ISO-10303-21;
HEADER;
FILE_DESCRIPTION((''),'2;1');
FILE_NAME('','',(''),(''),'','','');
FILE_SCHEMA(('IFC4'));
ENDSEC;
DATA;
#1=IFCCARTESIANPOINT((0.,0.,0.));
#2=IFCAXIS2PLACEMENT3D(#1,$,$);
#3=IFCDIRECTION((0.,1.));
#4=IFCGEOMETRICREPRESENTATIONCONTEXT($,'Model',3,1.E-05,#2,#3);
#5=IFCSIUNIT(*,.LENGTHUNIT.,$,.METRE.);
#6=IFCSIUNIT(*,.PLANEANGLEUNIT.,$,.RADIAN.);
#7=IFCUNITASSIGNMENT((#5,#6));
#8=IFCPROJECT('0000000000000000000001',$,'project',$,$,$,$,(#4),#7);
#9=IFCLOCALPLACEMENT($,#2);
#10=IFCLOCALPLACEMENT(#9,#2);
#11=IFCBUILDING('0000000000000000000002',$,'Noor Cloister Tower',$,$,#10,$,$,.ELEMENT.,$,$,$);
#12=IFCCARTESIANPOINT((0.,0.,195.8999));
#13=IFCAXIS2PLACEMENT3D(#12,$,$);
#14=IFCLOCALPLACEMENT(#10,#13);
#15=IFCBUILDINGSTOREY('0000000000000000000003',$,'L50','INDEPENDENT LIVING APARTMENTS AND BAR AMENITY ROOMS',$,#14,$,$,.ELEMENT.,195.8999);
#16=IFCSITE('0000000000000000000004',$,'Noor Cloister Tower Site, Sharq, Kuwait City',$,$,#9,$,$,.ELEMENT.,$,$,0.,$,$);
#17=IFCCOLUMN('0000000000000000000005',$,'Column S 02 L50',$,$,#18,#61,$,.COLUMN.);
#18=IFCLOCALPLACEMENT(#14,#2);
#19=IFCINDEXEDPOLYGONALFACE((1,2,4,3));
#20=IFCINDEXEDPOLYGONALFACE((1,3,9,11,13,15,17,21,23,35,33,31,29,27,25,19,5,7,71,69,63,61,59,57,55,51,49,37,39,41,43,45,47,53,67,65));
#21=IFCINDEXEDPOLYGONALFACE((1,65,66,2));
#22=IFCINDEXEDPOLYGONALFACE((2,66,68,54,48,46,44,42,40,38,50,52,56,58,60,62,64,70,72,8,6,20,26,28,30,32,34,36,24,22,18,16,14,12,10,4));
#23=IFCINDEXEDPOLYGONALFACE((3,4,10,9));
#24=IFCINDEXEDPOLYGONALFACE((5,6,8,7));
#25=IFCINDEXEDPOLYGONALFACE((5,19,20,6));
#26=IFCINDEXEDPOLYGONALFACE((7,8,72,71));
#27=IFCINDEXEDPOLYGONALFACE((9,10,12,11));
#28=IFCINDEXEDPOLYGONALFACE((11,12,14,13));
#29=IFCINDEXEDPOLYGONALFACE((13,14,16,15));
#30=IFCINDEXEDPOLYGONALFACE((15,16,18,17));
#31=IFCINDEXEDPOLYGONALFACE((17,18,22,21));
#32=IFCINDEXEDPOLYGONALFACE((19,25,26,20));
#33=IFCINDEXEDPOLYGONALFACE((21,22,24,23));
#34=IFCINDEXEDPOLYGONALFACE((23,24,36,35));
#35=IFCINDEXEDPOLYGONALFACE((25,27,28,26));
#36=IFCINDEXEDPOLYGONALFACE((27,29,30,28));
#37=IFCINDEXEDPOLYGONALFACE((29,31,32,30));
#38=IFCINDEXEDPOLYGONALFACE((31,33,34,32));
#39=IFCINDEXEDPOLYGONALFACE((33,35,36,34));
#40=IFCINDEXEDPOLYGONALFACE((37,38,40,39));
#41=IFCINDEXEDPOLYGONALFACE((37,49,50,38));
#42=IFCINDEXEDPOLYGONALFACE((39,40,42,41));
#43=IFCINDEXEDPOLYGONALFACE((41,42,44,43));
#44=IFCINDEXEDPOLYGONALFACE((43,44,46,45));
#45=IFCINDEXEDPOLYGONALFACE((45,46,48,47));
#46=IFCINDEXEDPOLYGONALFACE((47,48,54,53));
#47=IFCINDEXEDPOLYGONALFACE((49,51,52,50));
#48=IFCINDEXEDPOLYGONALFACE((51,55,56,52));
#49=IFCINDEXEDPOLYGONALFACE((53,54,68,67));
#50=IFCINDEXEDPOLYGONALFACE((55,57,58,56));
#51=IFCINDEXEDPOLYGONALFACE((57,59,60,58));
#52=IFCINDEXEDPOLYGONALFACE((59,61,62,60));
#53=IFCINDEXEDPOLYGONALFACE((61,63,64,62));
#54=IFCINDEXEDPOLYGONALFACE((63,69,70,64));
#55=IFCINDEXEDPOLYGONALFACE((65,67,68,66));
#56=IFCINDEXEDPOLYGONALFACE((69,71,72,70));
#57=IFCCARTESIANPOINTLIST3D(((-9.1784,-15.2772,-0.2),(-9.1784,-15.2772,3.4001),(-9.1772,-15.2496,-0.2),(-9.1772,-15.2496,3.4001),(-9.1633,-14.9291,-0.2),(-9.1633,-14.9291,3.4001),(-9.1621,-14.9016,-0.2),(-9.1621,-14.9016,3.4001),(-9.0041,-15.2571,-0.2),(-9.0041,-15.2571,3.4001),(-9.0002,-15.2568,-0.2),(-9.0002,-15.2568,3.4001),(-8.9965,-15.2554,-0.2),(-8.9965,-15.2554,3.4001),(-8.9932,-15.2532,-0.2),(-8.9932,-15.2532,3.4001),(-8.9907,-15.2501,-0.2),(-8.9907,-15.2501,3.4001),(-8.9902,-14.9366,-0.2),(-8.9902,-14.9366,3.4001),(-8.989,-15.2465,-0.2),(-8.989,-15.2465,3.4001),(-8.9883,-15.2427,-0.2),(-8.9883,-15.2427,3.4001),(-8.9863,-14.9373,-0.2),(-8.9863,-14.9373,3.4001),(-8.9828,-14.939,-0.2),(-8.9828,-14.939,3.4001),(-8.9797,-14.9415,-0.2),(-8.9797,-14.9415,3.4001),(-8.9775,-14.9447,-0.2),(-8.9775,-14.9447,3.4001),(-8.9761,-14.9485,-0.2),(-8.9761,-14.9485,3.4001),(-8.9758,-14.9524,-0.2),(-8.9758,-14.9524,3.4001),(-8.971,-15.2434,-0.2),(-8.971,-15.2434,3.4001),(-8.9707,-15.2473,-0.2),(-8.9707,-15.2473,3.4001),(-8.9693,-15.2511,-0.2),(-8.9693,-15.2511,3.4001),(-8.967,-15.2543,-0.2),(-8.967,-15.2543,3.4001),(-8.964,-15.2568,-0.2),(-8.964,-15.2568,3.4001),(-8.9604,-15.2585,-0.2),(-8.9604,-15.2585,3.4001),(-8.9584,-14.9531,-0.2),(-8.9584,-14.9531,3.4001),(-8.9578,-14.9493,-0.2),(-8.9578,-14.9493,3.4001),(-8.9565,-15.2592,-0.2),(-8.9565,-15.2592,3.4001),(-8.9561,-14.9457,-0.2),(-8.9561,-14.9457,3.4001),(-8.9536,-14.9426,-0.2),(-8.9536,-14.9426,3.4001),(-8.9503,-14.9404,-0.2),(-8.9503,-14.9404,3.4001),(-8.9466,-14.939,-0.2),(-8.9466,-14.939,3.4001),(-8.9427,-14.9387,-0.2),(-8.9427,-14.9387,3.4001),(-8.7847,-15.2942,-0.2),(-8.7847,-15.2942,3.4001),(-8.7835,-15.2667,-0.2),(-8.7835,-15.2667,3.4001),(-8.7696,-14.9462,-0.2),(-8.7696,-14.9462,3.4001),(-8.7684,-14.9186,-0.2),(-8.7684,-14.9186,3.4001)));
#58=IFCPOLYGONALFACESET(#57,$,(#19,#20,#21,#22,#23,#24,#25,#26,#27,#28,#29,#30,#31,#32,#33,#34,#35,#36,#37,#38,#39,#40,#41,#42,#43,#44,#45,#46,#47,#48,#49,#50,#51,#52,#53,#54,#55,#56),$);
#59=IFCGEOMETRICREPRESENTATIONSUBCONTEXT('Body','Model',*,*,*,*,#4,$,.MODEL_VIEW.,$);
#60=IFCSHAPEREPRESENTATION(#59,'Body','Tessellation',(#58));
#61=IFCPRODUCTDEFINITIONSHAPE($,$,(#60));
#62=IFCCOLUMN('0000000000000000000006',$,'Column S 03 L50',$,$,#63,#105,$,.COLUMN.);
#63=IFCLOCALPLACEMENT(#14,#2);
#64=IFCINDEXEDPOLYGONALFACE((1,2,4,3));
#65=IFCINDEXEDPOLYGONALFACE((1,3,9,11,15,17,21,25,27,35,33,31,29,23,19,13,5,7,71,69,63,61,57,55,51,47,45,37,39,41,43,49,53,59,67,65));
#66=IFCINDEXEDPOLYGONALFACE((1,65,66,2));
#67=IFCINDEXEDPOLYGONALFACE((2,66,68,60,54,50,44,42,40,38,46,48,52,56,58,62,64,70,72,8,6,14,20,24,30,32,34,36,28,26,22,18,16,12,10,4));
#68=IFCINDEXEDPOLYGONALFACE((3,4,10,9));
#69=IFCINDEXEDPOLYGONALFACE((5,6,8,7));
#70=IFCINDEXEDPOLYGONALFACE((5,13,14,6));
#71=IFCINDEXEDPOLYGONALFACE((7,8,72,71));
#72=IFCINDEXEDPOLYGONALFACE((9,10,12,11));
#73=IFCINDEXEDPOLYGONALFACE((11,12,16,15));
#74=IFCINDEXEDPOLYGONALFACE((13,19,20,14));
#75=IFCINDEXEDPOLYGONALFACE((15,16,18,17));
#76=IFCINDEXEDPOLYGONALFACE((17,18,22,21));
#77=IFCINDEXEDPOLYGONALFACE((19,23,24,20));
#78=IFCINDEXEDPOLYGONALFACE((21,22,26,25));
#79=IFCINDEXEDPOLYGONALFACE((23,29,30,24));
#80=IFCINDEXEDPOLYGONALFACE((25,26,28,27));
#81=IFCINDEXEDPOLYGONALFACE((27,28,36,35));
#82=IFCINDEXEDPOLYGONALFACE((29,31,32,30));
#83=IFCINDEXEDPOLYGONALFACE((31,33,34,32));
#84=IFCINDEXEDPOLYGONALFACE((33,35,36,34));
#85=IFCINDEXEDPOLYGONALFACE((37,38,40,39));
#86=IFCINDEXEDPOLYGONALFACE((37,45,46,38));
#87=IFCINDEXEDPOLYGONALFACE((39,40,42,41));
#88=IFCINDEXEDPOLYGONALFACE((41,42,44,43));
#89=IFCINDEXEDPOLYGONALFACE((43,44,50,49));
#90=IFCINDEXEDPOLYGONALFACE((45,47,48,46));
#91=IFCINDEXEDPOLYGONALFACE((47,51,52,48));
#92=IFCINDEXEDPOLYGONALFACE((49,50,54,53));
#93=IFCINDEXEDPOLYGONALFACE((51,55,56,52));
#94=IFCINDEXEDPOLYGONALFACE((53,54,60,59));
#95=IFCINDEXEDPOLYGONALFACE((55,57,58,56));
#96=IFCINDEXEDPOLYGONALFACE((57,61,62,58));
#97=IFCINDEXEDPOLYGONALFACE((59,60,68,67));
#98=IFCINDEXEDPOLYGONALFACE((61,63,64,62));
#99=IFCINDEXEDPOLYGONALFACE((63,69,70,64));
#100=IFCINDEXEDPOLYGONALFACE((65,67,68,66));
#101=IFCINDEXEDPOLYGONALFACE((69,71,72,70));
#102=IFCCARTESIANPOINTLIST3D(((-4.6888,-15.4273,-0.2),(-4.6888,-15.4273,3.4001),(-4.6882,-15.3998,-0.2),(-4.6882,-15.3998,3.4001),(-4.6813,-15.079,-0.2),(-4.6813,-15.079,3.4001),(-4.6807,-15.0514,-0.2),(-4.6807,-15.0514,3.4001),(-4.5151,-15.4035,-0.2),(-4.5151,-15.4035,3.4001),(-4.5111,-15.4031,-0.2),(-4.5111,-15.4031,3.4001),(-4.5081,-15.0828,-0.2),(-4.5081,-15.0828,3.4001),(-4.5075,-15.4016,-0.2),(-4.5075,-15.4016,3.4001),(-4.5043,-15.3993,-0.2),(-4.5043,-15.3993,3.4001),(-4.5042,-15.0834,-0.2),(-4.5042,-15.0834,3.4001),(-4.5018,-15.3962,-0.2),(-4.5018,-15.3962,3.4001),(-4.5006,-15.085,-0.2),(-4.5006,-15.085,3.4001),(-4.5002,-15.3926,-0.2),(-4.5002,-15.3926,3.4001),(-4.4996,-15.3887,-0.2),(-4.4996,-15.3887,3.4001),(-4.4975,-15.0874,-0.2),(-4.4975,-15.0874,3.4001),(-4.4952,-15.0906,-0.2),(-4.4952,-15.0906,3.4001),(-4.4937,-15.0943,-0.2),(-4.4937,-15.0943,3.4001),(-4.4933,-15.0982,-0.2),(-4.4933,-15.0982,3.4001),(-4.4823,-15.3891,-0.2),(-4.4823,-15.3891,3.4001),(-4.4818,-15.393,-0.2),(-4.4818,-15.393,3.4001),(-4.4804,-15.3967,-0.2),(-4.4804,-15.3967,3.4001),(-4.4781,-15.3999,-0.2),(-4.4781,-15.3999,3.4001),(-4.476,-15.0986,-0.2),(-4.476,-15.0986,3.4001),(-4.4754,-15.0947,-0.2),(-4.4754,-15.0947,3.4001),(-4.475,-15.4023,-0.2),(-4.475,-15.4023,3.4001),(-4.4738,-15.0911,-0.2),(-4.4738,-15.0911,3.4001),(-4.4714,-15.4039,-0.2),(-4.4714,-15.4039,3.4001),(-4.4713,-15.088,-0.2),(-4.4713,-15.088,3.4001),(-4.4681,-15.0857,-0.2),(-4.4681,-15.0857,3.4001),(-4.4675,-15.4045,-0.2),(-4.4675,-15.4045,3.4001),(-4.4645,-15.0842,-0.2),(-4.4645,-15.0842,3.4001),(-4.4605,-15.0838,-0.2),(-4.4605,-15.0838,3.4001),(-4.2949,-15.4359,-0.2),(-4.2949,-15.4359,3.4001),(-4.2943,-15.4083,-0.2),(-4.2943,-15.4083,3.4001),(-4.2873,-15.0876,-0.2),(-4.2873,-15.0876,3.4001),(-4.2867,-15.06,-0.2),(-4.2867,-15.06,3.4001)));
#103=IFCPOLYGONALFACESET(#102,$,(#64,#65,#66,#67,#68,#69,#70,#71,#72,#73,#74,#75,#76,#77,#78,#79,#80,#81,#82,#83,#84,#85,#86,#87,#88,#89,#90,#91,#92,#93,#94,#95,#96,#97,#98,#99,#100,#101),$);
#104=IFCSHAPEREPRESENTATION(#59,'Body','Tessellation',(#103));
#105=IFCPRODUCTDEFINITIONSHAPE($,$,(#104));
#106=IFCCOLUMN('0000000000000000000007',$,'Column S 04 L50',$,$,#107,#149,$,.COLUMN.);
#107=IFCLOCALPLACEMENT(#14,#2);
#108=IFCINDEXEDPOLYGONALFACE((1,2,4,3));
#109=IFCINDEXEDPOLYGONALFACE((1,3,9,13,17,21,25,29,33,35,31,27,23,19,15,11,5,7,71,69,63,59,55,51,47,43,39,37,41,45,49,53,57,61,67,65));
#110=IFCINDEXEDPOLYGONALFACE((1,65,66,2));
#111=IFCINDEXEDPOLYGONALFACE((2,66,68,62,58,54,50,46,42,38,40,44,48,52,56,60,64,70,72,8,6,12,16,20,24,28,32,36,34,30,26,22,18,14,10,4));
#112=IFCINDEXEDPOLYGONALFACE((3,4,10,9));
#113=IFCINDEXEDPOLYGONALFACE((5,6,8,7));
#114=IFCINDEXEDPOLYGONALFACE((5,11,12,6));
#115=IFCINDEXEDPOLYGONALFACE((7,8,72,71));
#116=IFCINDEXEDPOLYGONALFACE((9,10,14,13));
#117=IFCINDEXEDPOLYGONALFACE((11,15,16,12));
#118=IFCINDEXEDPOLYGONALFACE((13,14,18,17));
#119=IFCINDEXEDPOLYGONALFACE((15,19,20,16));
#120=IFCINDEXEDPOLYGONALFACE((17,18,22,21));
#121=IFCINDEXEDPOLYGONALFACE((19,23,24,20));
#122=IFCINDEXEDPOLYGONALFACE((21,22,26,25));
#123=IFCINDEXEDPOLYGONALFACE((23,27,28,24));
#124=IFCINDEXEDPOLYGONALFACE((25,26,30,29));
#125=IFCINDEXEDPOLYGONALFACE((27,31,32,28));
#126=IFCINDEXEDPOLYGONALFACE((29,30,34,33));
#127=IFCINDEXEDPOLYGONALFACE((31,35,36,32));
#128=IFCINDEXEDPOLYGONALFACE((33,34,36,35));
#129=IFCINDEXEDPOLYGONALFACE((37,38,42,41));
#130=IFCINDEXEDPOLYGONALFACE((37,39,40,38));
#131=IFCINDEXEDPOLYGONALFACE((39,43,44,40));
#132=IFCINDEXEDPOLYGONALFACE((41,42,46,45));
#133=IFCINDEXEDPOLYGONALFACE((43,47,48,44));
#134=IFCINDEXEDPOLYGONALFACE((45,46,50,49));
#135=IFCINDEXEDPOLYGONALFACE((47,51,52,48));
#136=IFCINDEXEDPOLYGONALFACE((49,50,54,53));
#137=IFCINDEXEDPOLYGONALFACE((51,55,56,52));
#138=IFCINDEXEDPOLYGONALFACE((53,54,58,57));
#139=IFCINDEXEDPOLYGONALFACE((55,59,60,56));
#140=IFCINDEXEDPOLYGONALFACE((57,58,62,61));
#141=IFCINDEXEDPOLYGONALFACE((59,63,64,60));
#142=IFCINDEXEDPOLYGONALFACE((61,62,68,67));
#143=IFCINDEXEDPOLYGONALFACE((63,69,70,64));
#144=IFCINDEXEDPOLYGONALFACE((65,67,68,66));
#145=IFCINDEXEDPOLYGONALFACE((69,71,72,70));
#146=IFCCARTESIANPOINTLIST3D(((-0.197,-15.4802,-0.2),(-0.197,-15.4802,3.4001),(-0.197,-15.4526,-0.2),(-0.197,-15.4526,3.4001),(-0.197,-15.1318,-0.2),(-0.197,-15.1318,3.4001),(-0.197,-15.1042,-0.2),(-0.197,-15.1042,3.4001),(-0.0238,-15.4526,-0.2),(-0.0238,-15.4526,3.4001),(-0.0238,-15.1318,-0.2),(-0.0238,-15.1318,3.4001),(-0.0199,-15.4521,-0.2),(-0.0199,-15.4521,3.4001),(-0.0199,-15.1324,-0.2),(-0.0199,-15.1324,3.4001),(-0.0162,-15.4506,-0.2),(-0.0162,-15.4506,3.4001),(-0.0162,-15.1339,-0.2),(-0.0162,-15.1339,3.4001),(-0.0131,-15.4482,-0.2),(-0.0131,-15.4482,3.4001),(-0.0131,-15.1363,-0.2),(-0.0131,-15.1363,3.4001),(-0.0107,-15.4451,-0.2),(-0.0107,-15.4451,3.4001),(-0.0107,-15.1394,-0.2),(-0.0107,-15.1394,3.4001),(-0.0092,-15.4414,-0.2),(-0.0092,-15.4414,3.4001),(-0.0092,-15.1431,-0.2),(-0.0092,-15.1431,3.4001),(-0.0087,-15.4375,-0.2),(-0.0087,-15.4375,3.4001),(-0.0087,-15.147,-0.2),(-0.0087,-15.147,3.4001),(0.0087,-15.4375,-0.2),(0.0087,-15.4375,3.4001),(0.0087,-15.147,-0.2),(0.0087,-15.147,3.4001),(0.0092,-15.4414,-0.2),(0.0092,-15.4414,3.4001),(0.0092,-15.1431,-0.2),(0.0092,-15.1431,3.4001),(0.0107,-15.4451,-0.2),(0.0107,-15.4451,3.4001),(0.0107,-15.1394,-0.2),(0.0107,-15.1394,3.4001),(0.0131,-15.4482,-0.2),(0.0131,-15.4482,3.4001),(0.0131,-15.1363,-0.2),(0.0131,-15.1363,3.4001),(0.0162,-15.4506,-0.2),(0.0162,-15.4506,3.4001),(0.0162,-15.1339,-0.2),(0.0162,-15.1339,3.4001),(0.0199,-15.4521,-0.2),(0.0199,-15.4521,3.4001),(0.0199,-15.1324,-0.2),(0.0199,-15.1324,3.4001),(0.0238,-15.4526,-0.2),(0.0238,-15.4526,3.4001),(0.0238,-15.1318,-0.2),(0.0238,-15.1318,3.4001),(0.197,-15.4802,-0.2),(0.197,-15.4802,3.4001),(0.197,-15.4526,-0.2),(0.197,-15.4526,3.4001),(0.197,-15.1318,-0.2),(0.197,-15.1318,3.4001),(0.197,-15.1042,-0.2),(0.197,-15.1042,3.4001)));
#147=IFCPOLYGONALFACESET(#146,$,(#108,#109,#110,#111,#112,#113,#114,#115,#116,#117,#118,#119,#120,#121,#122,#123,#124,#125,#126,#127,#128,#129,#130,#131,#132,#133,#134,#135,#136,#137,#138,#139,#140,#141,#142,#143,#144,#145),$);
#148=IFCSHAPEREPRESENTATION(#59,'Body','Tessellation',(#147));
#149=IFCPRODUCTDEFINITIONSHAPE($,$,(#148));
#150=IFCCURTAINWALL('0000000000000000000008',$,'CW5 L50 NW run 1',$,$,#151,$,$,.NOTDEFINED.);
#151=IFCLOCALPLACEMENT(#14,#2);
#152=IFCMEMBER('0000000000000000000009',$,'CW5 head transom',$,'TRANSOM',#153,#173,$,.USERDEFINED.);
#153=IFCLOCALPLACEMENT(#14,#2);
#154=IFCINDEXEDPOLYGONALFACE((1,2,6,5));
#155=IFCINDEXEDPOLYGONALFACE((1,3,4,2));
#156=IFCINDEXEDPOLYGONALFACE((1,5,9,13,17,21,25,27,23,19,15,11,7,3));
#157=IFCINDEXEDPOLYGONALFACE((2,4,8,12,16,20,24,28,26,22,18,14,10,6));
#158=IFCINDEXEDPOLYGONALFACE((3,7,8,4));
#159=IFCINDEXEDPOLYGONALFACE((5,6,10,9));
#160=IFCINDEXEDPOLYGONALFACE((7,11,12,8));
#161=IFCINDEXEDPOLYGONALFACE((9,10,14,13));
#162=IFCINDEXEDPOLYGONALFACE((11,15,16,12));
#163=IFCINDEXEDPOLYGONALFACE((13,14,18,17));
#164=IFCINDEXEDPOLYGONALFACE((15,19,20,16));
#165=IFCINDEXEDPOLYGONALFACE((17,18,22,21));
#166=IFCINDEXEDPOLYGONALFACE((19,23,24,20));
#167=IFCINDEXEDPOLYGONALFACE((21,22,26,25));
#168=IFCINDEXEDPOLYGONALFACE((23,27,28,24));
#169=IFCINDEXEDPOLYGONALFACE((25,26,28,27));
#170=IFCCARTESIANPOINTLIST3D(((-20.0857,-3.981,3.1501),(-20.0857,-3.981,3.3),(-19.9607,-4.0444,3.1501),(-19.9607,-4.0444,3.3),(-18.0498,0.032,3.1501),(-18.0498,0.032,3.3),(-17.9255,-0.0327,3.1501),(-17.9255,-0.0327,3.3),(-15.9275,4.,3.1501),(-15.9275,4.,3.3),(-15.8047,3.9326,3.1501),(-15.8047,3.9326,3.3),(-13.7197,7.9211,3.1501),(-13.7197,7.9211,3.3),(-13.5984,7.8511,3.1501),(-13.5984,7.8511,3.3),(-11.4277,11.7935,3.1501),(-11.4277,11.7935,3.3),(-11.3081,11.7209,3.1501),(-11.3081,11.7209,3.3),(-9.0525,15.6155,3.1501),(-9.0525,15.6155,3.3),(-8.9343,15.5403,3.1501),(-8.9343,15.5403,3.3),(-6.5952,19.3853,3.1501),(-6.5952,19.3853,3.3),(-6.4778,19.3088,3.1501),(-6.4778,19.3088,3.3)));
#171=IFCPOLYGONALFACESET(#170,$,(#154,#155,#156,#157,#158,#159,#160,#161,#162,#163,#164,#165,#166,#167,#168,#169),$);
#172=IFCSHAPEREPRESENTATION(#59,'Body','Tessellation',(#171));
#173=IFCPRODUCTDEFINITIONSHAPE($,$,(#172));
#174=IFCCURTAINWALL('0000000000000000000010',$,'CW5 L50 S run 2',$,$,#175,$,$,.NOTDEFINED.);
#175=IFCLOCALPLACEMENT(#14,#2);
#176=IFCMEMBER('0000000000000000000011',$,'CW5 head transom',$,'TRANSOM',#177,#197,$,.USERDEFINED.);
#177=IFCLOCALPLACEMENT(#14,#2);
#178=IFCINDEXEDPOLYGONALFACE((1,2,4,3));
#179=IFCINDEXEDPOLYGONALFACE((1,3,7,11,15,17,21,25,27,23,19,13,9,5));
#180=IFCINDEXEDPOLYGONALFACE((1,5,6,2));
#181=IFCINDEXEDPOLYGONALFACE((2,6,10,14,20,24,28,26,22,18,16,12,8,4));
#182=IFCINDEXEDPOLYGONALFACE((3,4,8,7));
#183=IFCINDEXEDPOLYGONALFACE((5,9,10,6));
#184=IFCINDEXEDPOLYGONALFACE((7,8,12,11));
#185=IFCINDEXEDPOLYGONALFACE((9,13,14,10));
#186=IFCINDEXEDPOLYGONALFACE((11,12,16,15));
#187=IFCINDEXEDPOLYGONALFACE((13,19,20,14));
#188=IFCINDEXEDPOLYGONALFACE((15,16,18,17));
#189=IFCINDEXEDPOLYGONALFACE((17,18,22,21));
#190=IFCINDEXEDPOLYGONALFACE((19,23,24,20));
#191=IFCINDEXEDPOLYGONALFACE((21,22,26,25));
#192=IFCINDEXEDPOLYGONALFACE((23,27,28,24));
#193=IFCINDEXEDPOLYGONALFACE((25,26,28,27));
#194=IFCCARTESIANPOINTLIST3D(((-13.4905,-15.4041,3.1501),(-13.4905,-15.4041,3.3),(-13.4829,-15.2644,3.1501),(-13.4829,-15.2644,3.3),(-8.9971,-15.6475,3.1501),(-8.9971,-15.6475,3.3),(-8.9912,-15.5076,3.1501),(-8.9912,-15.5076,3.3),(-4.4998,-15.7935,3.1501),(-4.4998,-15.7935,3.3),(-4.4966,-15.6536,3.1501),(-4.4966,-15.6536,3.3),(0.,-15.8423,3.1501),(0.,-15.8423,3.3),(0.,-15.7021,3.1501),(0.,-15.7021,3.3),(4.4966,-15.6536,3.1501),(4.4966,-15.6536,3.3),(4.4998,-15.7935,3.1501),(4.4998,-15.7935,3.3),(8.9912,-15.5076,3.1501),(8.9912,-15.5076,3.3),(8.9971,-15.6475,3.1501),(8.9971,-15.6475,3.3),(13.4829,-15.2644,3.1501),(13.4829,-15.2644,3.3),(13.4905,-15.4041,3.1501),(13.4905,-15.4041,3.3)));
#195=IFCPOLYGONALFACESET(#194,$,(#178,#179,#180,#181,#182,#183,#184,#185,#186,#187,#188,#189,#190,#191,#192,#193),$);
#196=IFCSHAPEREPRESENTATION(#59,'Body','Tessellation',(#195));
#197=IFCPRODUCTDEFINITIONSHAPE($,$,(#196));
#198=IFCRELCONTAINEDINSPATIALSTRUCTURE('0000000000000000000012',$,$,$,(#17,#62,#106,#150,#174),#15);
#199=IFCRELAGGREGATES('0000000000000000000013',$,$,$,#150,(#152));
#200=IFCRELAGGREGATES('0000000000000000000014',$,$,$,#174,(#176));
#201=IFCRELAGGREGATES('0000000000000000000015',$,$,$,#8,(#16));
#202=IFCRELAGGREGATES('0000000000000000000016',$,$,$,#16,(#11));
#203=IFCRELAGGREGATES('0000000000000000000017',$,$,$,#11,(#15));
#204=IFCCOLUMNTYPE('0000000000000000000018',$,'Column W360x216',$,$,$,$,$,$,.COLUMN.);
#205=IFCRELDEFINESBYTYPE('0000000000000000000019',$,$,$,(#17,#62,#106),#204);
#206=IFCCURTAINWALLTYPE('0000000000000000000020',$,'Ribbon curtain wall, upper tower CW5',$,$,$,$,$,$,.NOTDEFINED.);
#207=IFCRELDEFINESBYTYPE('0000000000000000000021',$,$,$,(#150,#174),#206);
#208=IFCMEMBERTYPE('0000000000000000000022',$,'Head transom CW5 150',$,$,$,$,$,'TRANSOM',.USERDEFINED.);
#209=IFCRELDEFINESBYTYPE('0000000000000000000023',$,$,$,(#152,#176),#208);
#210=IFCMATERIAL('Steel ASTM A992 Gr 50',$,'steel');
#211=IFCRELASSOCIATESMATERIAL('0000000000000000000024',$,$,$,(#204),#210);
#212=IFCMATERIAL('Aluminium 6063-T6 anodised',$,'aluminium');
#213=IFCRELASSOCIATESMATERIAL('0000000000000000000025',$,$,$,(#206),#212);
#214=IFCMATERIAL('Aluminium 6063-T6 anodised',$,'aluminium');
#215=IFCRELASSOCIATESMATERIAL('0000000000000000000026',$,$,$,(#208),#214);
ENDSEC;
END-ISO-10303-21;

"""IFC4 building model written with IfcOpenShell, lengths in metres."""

from ifc_helpers import new_model, si_unit, direction, frame, origin, origin_2d, place, context, subcontext, project, spatial, polyline, i_section, outline, extrude, material, material_profile, profile_set, type_object, element, aggregate, save


model = new_model("IFC4")

# Units and contexts
model_context = context("Model", 3, precision=1e-05, world=origin(), true_north=direction((0.0, 1.0)))
body_context = subcontext(model_context, "Body", "Model", "MODEL_VIEW")
ifc_project = project(units=[si_unit("LENGTHUNIT", "METRE"), si_unit("PLANEANGLEUNIT", "RADIAN")], contexts=[model_context])

# Site, building, storey
site_placement = place(None, origin())
site = spatial("IfcSite", under=ifc_project, at=site_placement, Name="Noor Cloister Tower Site, Sharq, Kuwait City", CompositionType="ELEMENT", RefElevation=0.0)
building_placement = place(site_placement, origin())
building = spatial("IfcBuilding", under=site, at=building_placement, Name="Noor Cloister Tower", CompositionType="ELEMENT")
storey_placement = place(building_placement, frame((0.0, 0.0, 195.8999)))
storey = spatial("IfcBuildingStorey", under=building, at=storey_placement, Name="L50", Description="INDEPENDENT LIVING APARTMENTS AND BAR AMENITY ROOMS", CompositionType="ELEMENT", Elevation=195.8999)

# Columns
ifc_material_1 = material(Name="Steel ASTM A992 Gr 50", Category="steel")
ifc_material_profile_1 = material_profile(ifc_material_1, i_section(OverallWidth=0.394, OverallDepth=0.376, WebThickness=0.0173, FlangeThickness=0.0276, FilletRadius=0.0151, at=origin_2d()), Name="W360x216")
ifc_profile_set_1 = profile_set([ifc_material_profile_1], Name="Steel ASTM A992 Gr 50")
column_type = type_object("IfcColumnType", Name="Column W360x216", PredefinedType="COLUMN", material=ifc_profile_set_1)
for number, where, z_axis, x_axis, name in (
    (1, (-8.9734, -15.0979, -0.2), (0.0, 0.0, 1.0), (0.999064, -0.043267, 0.0), "Column S 02 L50"),
    (2, (-4.4878, -15.2437, -0.2), (0.0, 0.0, 1.0), (0.999766, -0.021639, 0.0), "Column S 03 L50"),
    (3, (0.0, -15.2922, -0.2), (0.0, 0.0, 1.0), (1.0, 0.0, 0.0), "Column S 04 L50"),
):
    element("IfcColumn", number, at=place(storey_placement, frame(where, z_axis=z_axis, x_axis=x_axis)), inside=storey, type_object=column_type, Name=name, PredefinedType="COLUMN", context=body_context, shape_type="SweptSolid", body=[
        extrude(i_section(OverallWidth=0.394, OverallDepth=0.376, WebThickness=0.0173, FlangeThickness=0.0276, FilletRadius=0.0151, at=origin_2d()), origin(), (0.0, 0.0, 1.0), 3.6001),
    ])

# Curtain wall, member
ifc_material_2 = material(Name="Aluminium 6063-T6 anodised", Category="aluminium")
curtain_wall_type = type_object("IfcCurtainWallType", Name="Ribbon curtain wall, upper tower CW5", PredefinedType="NOTDEFINED", material=ifc_material_2)
curtain_wall_1_placement = place(storey_placement, origin())
curtain_wall_1 = element("IfcCurtainWall", 4, at=curtain_wall_1_placement, inside=storey, type_object=curtain_wall_type, Name="CW5 L50 NW run 1", PredefinedType="NOTDEFINED")
ifc_material_3 = material(Name="Aluminium 6063-T6 anodised", Category="aluminium")
member_type_1 = type_object("IfcMemberType", Name="Head transom CW5 150", ElementType="TRANSOM", PredefinedType="USERDEFINED", material=ifc_material_3)
member_1_placement = place(storey_placement, frame((0.0, 0.0, 3.1501)))
member_1 = element("IfcMember", 5, at=member_1_placement, type_object=member_type_1, Name="CW5 head transom", ObjectType="TRANSOM", PredefinedType="USERDEFINED", context=body_context, shape_type="SweptSolid", body=[
    extrude(outline(polyline([(-6.5952, 19.3853), (-9.0525, 15.6155), (-11.4277, 11.7935), (-13.7197, 7.9211), (-15.9275, 4.0), (-18.0498, 0.032), (-20.0857, -3.981), (-19.9607, -4.0444), (-17.9255, -0.0327), (-15.8047, 3.9326), (-13.5984, 7.8511), (-11.3081, 11.7209), (-8.9343, 15.5403), (-6.4778, 19.3088), (-6.5952, 19.3853)])), origin(), (0.0, 0.0, 1.0), 0.1499),
])

# Curtain wall, member
curtain_wall_2_placement = place(storey_placement, origin())
curtain_wall_2 = element("IfcCurtainWall", 6, at=curtain_wall_2_placement, inside=storey, type_object=curtain_wall_type, Name="CW5 L50 S run 2", PredefinedType="NOTDEFINED")
member_2_placement = place(storey_placement, frame((0.0, 0.0, 3.1501)))
member_2 = element("IfcMember", 7, at=member_2_placement, type_object=member_type_1, Name="CW5 head transom", ObjectType="TRANSOM", PredefinedType="USERDEFINED", context=body_context, shape_type="SweptSolid", body=[
    extrude(outline(polyline([(-13.4905, -15.4041), (-8.9971, -15.6475), (-4.4998, -15.7935), (0.0, -15.8423), (4.4998, -15.7935), (8.9971, -15.6475), (13.4905, -15.4041), (13.4829, -15.2644), (8.9912, -15.5076), (4.4966, -15.6536), (0.0, -15.7021), (-4.4966, -15.6536), (-8.9912, -15.5076), (-13.4829, -15.2644), (-13.4905, -15.4041)])), origin(), (0.0, 0.0, 1.0), 0.1499),
])

aggregate(curtain_wall_1, [member_1])

aggregate(curtain_wall_2, [member_2])

save(model, "model.ifc")
